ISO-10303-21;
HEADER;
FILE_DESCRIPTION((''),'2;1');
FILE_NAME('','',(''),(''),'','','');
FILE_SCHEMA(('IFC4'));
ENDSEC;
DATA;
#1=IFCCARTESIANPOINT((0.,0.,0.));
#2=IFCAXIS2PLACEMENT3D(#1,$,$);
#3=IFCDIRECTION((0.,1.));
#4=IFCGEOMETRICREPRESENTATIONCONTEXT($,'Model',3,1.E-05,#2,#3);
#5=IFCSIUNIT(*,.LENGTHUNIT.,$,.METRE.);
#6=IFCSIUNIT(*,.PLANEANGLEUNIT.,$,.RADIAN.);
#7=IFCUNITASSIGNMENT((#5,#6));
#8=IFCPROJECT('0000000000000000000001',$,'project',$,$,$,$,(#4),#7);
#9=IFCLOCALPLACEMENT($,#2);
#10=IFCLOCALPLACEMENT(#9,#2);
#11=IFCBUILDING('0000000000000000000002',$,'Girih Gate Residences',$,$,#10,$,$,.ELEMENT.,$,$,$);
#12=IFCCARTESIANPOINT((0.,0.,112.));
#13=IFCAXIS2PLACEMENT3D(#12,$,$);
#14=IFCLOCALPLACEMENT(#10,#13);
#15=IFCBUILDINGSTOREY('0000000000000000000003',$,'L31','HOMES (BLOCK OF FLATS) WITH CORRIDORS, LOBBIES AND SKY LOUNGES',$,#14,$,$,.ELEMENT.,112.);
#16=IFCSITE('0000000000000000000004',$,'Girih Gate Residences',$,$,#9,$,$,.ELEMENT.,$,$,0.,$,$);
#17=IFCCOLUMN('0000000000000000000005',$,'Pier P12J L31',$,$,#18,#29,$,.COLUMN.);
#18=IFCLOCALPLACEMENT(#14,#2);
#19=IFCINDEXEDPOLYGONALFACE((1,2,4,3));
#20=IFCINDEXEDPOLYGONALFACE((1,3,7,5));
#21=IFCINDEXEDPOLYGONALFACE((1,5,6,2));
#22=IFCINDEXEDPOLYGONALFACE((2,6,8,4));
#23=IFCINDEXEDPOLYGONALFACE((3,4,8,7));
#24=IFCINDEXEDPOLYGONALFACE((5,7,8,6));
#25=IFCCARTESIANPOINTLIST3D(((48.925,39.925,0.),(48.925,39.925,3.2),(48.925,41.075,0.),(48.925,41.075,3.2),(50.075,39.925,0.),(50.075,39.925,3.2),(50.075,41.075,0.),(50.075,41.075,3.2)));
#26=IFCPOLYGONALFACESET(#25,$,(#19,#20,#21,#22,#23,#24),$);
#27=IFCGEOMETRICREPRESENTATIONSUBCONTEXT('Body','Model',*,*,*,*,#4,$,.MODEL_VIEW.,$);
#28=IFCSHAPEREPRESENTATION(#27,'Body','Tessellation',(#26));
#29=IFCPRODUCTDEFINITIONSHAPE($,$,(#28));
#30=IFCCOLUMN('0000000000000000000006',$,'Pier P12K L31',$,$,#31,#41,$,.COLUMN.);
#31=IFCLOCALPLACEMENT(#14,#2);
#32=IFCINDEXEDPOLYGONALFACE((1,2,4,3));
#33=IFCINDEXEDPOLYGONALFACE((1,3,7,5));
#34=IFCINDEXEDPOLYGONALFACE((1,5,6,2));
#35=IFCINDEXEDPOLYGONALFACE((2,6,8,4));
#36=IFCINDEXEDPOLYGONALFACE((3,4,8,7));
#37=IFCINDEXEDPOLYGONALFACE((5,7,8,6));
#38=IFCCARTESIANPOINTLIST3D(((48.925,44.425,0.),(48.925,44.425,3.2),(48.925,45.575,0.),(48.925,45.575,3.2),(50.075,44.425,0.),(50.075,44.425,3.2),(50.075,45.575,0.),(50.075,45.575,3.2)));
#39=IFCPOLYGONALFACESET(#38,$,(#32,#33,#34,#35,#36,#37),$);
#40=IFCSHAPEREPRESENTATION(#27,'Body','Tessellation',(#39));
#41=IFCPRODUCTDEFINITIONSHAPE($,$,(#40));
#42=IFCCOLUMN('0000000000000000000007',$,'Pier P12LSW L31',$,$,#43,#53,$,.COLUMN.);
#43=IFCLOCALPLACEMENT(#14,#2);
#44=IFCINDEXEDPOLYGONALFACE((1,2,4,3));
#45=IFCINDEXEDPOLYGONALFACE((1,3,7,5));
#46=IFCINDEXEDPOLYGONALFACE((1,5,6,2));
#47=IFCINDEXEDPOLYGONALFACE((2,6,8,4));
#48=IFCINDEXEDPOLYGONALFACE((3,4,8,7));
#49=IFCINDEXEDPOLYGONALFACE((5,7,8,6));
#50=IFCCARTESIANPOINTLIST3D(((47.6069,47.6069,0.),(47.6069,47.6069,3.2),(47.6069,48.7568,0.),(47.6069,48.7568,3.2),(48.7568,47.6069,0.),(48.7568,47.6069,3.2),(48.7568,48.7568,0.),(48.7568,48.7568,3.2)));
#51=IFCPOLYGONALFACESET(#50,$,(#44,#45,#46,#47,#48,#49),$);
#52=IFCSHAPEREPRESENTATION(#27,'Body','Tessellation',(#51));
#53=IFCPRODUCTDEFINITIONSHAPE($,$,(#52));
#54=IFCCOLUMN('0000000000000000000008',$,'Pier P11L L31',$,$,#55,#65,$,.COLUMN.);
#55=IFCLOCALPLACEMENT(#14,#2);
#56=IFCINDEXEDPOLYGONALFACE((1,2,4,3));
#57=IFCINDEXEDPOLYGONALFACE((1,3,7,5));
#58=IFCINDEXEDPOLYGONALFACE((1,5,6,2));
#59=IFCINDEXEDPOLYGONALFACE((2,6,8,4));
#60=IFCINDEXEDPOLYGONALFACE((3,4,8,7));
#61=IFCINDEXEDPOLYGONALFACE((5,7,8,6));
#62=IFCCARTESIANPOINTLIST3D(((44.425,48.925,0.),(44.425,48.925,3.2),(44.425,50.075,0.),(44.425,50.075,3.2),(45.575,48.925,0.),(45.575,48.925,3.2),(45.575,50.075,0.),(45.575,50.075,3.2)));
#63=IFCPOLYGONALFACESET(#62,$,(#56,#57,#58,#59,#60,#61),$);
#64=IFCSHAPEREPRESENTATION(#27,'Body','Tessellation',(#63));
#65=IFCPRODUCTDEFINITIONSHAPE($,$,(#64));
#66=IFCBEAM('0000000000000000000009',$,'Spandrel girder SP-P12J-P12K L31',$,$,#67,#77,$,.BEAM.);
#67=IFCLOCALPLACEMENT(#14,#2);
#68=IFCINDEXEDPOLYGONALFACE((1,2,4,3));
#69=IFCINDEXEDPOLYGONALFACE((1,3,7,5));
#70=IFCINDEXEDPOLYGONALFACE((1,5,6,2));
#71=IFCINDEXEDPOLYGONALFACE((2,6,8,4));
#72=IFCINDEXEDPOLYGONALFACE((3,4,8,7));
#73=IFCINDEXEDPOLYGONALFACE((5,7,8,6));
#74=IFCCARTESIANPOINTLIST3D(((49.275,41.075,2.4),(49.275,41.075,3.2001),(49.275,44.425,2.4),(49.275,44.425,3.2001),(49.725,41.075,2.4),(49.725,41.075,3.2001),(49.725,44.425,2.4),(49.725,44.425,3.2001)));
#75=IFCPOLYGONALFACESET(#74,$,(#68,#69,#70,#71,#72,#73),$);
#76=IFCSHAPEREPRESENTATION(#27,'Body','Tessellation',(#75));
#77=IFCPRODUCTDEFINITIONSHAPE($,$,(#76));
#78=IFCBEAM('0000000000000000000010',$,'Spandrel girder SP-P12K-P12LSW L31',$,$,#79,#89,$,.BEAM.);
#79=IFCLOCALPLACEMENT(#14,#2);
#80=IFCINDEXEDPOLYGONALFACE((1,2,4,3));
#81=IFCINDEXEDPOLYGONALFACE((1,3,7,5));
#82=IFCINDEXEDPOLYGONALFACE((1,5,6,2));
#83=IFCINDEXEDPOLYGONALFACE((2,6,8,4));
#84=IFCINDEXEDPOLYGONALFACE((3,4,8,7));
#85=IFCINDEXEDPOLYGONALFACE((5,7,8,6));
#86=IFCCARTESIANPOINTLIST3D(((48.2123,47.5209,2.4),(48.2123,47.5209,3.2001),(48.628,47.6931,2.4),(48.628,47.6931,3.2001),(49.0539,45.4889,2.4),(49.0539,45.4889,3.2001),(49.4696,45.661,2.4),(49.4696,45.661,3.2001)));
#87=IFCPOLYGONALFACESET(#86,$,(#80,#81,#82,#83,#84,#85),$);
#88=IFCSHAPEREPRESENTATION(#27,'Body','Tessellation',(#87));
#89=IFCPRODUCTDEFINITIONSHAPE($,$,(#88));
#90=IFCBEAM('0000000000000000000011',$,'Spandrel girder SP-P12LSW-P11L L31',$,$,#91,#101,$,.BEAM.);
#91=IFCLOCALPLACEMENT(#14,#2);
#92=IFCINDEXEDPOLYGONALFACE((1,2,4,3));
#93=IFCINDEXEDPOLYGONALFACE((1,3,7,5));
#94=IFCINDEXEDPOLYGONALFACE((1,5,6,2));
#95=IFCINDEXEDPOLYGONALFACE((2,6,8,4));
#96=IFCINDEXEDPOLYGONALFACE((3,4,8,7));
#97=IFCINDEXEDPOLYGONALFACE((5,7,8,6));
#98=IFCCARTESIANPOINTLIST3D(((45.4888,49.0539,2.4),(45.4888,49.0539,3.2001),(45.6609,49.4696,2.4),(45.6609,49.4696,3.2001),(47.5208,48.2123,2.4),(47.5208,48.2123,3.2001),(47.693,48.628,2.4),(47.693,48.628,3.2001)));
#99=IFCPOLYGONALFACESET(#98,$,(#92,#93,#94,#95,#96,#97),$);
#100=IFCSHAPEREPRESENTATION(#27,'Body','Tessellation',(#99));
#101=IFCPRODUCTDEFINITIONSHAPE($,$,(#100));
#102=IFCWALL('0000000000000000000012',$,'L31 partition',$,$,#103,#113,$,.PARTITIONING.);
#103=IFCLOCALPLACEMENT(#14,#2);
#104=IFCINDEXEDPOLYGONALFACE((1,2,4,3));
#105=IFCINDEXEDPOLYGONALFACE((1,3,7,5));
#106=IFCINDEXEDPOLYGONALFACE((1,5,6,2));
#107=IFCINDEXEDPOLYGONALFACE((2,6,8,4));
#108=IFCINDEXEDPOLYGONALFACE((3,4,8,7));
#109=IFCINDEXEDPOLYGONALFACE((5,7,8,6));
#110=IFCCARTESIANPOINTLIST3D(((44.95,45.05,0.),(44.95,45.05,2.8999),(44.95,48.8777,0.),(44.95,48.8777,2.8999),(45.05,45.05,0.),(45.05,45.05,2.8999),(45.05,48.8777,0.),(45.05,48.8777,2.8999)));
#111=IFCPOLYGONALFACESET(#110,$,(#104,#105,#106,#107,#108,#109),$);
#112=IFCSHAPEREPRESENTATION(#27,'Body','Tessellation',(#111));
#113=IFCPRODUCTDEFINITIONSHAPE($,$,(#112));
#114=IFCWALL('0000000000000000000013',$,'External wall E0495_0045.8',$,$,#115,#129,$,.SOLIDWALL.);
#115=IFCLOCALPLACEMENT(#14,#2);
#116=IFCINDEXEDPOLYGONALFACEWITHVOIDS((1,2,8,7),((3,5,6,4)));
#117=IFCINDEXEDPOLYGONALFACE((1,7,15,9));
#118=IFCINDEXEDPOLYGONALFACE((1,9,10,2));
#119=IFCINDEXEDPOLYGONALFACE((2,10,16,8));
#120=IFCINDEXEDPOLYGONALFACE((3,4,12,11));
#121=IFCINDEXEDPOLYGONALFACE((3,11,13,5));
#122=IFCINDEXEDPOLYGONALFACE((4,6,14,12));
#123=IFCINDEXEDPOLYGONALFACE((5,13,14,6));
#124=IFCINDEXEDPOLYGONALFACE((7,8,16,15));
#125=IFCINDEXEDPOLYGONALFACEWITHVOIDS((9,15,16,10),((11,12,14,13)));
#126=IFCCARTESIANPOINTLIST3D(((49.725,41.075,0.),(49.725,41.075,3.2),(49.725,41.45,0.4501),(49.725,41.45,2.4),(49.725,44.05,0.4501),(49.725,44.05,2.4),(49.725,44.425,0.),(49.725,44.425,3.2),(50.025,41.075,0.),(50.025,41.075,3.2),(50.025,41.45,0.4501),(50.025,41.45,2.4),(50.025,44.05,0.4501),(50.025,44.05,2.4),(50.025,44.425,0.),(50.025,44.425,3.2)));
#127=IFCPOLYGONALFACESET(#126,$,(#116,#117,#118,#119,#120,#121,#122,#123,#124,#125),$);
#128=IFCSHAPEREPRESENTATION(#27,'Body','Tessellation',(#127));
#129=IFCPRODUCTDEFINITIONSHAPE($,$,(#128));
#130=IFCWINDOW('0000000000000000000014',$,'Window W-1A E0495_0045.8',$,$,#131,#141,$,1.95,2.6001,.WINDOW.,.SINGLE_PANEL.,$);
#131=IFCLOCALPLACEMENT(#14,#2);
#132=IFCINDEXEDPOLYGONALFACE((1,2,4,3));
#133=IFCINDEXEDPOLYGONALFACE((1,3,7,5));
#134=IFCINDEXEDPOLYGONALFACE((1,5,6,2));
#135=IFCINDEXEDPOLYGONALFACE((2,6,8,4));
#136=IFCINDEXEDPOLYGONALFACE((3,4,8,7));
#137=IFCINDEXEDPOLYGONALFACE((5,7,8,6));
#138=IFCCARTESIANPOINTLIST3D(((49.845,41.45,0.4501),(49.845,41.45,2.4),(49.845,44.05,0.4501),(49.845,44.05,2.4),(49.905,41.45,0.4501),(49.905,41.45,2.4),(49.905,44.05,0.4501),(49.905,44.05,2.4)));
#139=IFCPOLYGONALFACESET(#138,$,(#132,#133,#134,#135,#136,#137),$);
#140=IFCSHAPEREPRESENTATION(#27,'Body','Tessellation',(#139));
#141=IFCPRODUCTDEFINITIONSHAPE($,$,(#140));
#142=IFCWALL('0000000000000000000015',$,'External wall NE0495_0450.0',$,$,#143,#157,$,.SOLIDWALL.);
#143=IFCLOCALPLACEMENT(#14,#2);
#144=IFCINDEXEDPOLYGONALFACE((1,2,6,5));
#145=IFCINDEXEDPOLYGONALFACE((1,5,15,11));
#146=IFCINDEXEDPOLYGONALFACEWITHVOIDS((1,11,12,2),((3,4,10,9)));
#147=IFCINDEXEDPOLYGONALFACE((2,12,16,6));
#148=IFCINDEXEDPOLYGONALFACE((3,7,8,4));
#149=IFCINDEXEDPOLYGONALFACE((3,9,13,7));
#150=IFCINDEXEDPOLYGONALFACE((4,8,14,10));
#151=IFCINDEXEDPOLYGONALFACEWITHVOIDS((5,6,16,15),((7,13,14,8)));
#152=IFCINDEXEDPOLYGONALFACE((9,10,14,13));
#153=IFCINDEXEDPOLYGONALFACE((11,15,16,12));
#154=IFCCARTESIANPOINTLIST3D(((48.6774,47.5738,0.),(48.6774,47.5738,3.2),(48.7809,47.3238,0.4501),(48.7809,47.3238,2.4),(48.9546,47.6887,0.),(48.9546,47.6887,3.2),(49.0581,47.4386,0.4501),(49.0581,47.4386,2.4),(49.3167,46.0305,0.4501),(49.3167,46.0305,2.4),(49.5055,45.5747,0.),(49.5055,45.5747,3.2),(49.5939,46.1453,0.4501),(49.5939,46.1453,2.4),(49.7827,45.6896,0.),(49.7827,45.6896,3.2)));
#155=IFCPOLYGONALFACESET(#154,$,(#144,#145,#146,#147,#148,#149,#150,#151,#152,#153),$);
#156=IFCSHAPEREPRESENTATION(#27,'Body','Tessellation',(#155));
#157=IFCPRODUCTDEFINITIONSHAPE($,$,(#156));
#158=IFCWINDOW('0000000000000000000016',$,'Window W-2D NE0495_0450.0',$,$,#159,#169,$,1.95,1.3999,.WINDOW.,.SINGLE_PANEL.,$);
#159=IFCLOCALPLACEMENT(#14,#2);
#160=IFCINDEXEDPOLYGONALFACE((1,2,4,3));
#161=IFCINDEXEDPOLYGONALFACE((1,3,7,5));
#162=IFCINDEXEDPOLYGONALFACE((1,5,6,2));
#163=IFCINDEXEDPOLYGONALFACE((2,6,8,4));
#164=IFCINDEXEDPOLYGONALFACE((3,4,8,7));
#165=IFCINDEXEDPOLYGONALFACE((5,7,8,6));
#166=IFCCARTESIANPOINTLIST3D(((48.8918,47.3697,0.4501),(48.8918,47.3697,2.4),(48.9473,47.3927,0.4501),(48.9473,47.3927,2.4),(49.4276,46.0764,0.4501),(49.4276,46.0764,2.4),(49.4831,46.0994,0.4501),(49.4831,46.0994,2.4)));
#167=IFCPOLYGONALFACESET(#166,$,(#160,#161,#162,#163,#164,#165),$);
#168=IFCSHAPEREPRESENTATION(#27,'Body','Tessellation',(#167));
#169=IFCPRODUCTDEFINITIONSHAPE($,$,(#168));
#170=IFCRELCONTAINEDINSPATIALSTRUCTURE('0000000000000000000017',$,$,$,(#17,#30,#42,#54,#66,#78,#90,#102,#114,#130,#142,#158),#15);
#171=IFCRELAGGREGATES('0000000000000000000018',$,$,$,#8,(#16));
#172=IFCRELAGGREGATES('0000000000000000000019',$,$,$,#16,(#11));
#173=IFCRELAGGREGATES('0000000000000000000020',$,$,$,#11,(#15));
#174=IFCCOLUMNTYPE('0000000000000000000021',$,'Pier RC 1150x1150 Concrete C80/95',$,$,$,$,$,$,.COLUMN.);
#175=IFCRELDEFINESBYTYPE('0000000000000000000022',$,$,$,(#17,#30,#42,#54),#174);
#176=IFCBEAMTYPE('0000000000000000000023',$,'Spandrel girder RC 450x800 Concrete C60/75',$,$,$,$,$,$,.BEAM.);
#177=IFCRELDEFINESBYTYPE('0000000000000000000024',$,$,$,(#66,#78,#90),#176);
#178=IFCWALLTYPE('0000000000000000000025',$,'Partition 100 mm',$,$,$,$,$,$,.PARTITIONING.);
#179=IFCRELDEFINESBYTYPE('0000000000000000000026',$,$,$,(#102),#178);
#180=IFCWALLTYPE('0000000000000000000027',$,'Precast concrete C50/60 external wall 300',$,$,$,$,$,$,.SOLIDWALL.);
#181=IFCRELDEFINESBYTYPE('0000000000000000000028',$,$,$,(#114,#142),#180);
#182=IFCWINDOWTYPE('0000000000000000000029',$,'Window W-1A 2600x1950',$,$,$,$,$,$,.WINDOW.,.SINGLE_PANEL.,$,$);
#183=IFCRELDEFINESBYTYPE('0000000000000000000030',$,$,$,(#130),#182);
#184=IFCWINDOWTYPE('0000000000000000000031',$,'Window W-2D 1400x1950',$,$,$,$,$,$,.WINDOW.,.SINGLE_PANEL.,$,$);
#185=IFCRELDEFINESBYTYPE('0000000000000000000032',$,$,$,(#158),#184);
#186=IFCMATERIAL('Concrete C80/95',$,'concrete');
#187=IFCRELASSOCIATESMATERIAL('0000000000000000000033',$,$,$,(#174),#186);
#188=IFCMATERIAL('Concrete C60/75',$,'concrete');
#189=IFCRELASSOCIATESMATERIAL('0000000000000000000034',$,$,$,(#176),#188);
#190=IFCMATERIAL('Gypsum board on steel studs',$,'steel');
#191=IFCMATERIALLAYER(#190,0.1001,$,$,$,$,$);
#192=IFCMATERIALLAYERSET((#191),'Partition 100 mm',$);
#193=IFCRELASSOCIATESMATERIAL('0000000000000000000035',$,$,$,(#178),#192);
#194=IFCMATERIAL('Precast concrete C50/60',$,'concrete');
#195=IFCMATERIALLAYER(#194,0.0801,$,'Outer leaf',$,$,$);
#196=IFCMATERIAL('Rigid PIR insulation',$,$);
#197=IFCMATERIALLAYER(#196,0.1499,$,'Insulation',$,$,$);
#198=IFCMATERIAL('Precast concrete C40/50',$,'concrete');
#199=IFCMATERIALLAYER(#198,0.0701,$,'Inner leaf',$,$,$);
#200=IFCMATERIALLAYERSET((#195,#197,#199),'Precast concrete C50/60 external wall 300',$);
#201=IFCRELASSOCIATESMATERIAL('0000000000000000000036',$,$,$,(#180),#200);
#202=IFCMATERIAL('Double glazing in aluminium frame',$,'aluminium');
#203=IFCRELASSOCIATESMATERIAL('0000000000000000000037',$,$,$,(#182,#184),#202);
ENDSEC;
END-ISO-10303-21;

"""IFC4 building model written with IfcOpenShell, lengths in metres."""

from ifc_helpers import new_model, si_unit, direction, frame, frame_2d, origin, origin_2d, place, context, subcontext, project, spatial, rectangle, extrude, material, layer, layer_set, material_profile, profile_set, type_object, element, fill, save


model = new_model("IFC4")

# Units and contexts
model_context = context("Model", 3, precision=1e-05, world=origin(), true_north=direction((0.0, 1.0)))
body_context = subcontext(model_context, "Body", "Model", "MODEL_VIEW")
ifc_project = project(units=[si_unit("LENGTHUNIT", "METRE"), si_unit("PLANEANGLEUNIT", "RADIAN")], contexts=[model_context])

# Site, building, storey
site_placement = place(None, origin())
site = spatial("IfcSite", under=ifc_project, at=site_placement, Name="Girih Gate Residences", CompositionType="ELEMENT", RefElevation=0.0)
building_placement = place(site_placement, origin())
building = spatial("IfcBuilding", under=site, at=building_placement, Name="Girih Gate Residences", CompositionType="ELEMENT")
storey_placement = place(building_placement, frame((0.0, 0.0, 112.0)))
storey = spatial("IfcBuildingStorey", under=building, at=storey_placement, Name="L31", Description="HOMES (BLOCK OF FLATS) WITH CORRIDORS, LOBBIES AND SKY LOUNGES", CompositionType="ELEMENT", Elevation=112.0)

# Columns
ifc_material_1 = material(Name="Concrete C80/95", Category="concrete")
ifc_material_profile_1 = material_profile(ifc_material_1, rectangle(XDim=1.1499, YDim=1.1499, at=origin_2d()))
ifc_profile_set_1 = profile_set([ifc_material_profile_1], Name="Concrete C80/95")
column_type = type_object("IfcColumnType", Name="Pier RC 1150x1150 Concrete C80/95", PredefinedType="COLUMN", material=ifc_profile_set_1)
for number, where, z_axis, x_axis, name in (
    (1, (49.5, 40.5, 0.0), (0.0, 0.0, 1.0), (1.0, 0.0, 0.0), "Pier P12J L31"),
    (2, (49.5, 45.0, 0.0), (0.0, 0.0, 1.0), (1.0, 0.0, 0.0), "Pier P12K L31"),
    (3, (48.1819, 48.1819, 0.0), (0.0, 0.0, 1.0), (1.0, 0.0, 0.0), "Pier P12LSW L31"),
    (4, (45.0, 49.5, 0.0), (0.0, 0.0, 1.0), (1.0, 0.0, 0.0), "Pier P11L L31"),
):
    element("IfcColumn", number, at=place(storey_placement, frame(where, z_axis=z_axis, x_axis=x_axis)), inside=storey, type_object=column_type, Name=name, PredefinedType="COLUMN", context=body_context, shape_type="SweptSolid", body=[
        extrude(rectangle(XDim=1.1499, YDim=1.1499, at=origin_2d()), origin(), (0.0, 0.0, 1.0), 3.2),
    ])

# Beams
ifc_material_2 = material(Name="Concrete C60/75", Category="concrete")
ifc_material_profile_2 = material_profile(ifc_material_2, rectangle(XDim=0.45, YDim=0.8, at=origin_2d()))
ifc_profile_set_2 = profile_set([ifc_material_profile_2], Name="Concrete C60/75")
beam_type = type_object("IfcBeamType", Name="Spandrel girder RC 450x800 Concrete C60/75", PredefinedType="BEAM", material=ifc_profile_set_2)
beam_placement = place(storey_placement, frame((49.5, 41.075, 2.8), z_axis=(0.0, 1.0, 0.0), x_axis=(-1.0, 0.0, 0.0)))
element("IfcBeam", 5, at=beam_placement, inside=storey, type_object=beam_type, Name="Spandrel girder SP-P12J-P12K L31", PredefinedType="BEAM", context=body_context, shape_type="SweptSolid", body=[
    extrude(rectangle(XDim=0.45, YDim=0.8, at=origin_2d()), origin(), (0.0, 0.0, 1.0), 3.3501),
])
for number, where, z_axis, x_axis, name in (
    (6, (49.2617, 45.575, 2.8), (-0.382636, 0.923899, 0.0), (-0.923899, -0.382636, 0.0), "Spandrel girder SP-P12K-P12LSW L31"),
    (7, (47.6069, 48.4202, 2.8), (-0.923899, 0.382636, 0.0), (-0.382636, -0.923899, 0.0), "Spandrel girder SP-P12LSW-P11L L31"),
):
    element("IfcBeam", number, at=place(storey_placement, frame(where, z_axis=z_axis, x_axis=x_axis)), inside=storey, type_object=beam_type, Name=name, PredefinedType="BEAM", context=body_context, shape_type="SweptSolid", body=[
        extrude(rectangle(XDim=0.45, YDim=0.8, at=origin_2d()), origin(), (0.0, 0.0, 1.0), 2.1995),
    ])

# Wall
ifc_material_3 = material(Name="Gypsum board on steel studs", Category="steel")
ifc_layer_1 = layer(ifc_material_3, 0.1001)
ifc_layer_set_1 = layer_set([ifc_layer_1], Name="Partition 100 mm")
wall_type_1 = type_object("IfcWallType", Name="Partition 100 mm", PredefinedType="PARTITIONING", material=ifc_layer_set_1)
wall_1_placement = place(storey_placement, frame((45.0, 45.05, 0.0), z_axis=(0.0, 0.0, 1.0), x_axis=(0.0, 1.0, 0.0)))
element("IfcWall", 8, at=wall_1_placement, inside=storey, type_object=wall_type_1, Name="L31 partition", PredefinedType="PARTITIONING", context=body_context, shape_type="SweptSolid", body=[
    extrude(rectangle(XDim=3.8276, YDim=0.1001, at=frame_2d((1.9138, 0.0))), origin(), (0.0, 0.0, 1.0), 2.8999),
])

# Walls, openings, windows
ifc_material_4 = material(Name="Precast concrete C50/60", Category="concrete")
ifc_layer_2 = layer(ifc_material_4, 0.0801, Name="Outer leaf")
ifc_material_5 = material(Name="Rigid PIR insulation")
ifc_layer_3 = layer(ifc_material_5, 0.1499, Name="Insulation")
ifc_material_6 = material(Name="Precast concrete C40/50", Category="concrete")
ifc_layer_4 = layer(ifc_material_6, 0.0701, Name="Inner leaf")
ifc_layer_set_2 = layer_set([ifc_layer_2, ifc_layer_3, ifc_layer_4], Name="Precast concrete C50/60 external wall 300")
wall_type_2 = type_object("IfcWallType", Name="Precast concrete C50/60 external wall 300", PredefinedType="SOLIDWALL", material=ifc_layer_set_2)
wall_2_placement = place(storey_placement, frame((49.875, 44.425, 0.0), z_axis=(0.0, 0.0, 1.0), x_axis=(0.0, -1.0, 0.0)))
wall_2 = element("IfcWall", 9, at=wall_2_placement, inside=storey, type_object=wall_type_2, Name="External wall E0495_0045.8", PredefinedType="SOLIDWALL", context=body_context, shape_type="SweptSolid", body=[
    extrude(rectangle(XDim=3.3501, YDim=0.3, at=frame_2d((1.675, 0.0))), origin(), (0.0, 0.0, 1.0), 3.2),
])
opening_1_placement = place(wall_2_placement, frame((0.375, 0.0, 0.45)))
opening_1 = element("IfcOpeningElement", 10, at=opening_1_placement, cuts=wall_2, PredefinedType="OPENING", context=body_context, shape_type="SweptSolid", body=[
    extrude(rectangle(XDim=2.6001, YDim=1.95, at=frame_2d((1.3, 0.9751))), frame((0.0, 0.1599, 0.0), z_axis=(0.0, -1.0, 0.0), x_axis=(1.0, 0.0, 0.0)), (0.0, 0.0, 1.0), 0.3201),
])
ifc_material_7 = material(Name="Double glazing in aluminium frame", Category="aluminium")
window_type_1 = type_object("IfcWindowType", Name="Window W-1A 2600x1950", PartitioningType="SINGLE_PANEL", PredefinedType="WINDOW", material=ifc_material_7)
window_1_placement = place(opening_1_placement, origin())
window_1 = element("IfcWindow", 11, at=window_1_placement, inside=storey, type_object=window_type_1, Name="Window W-1A E0495_0045.8", OverallHeight=1.95, OverallWidth=2.6001, PartitioningType="SINGLE_PANEL", PredefinedType="WINDOW", context=body_context, shape_type="SweptSolid", body=[
    extrude(rectangle(XDim=2.6001, YDim=1.95, at=frame_2d((1.3, 0.9751))), frame((0.0, 0.03, 0.0), z_axis=(0.0, -1.0, 0.0), x_axis=(1.0, 0.0, 0.0)), (0.0, 0.0, 1.0), 0.0601),
])
fill(opening_1, window_1)
wall_3_placement = place(storey_placement, frame((48.8159, 47.6313, 0.0), z_axis=(0.0, 0.0, 1.0), x_axis=(0.382724, -0.923863, 0.0)))
wall_3 = element("IfcWall", 12, at=wall_3_placement, inside=storey, type_object=wall_type_2, Name="External wall NE0495_0450.0", PredefinedType="SOLIDWALL", context=body_context, shape_type="SweptSolid", body=[
    extrude(rectangle(XDim=2.1638, YDim=0.3, at=frame_2d((1.082, 0.0))), origin(), (0.0, 0.0, 1.0), 3.2),
])
opening_2_placement = place(wall_3_placement, frame((0.2708, 0.0, 0.45)))
opening_2 = element("IfcOpeningElement", 13, at=opening_2_placement, cuts=wall_3, PredefinedType="OPENING", context=body_context, shape_type="SweptSolid", body=[
    extrude(rectangle(XDim=1.3999, YDim=1.95, at=frame_2d((0.7, 0.9751))), frame((0.0, 0.1599, 0.0), z_axis=(0.0, -1.0, 0.0), x_axis=(1.0, 0.0, 0.0)), (0.0, 0.0, 1.0), 0.3201),
])
window_type_2 = type_object("IfcWindowType", Name="Window W-2D 1400x1950", PartitioningType="SINGLE_PANEL", PredefinedType="WINDOW", material=ifc_material_7)
window_2_placement = place(opening_2_placement, origin())
window_2 = element("IfcWindow", 14, at=window_2_placement, inside=storey, type_object=window_type_2, Name="Window W-2D NE0495_0450.0", OverallHeight=1.95, OverallWidth=1.3999, PartitioningType="SINGLE_PANEL", PredefinedType="WINDOW", context=body_context, shape_type="SweptSolid", body=[
    extrude(rectangle(XDim=1.3999, YDim=1.95, at=frame_2d((0.7, 0.9751))), frame((0.0, 0.03, 0.0), z_axis=(0.0, -1.0, 0.0), x_axis=(1.0, 0.0, 0.0)), (0.0, 0.0, 1.0), 0.0601),
])
fill(opening_2, window_2)

save(model, "model.ifc")
